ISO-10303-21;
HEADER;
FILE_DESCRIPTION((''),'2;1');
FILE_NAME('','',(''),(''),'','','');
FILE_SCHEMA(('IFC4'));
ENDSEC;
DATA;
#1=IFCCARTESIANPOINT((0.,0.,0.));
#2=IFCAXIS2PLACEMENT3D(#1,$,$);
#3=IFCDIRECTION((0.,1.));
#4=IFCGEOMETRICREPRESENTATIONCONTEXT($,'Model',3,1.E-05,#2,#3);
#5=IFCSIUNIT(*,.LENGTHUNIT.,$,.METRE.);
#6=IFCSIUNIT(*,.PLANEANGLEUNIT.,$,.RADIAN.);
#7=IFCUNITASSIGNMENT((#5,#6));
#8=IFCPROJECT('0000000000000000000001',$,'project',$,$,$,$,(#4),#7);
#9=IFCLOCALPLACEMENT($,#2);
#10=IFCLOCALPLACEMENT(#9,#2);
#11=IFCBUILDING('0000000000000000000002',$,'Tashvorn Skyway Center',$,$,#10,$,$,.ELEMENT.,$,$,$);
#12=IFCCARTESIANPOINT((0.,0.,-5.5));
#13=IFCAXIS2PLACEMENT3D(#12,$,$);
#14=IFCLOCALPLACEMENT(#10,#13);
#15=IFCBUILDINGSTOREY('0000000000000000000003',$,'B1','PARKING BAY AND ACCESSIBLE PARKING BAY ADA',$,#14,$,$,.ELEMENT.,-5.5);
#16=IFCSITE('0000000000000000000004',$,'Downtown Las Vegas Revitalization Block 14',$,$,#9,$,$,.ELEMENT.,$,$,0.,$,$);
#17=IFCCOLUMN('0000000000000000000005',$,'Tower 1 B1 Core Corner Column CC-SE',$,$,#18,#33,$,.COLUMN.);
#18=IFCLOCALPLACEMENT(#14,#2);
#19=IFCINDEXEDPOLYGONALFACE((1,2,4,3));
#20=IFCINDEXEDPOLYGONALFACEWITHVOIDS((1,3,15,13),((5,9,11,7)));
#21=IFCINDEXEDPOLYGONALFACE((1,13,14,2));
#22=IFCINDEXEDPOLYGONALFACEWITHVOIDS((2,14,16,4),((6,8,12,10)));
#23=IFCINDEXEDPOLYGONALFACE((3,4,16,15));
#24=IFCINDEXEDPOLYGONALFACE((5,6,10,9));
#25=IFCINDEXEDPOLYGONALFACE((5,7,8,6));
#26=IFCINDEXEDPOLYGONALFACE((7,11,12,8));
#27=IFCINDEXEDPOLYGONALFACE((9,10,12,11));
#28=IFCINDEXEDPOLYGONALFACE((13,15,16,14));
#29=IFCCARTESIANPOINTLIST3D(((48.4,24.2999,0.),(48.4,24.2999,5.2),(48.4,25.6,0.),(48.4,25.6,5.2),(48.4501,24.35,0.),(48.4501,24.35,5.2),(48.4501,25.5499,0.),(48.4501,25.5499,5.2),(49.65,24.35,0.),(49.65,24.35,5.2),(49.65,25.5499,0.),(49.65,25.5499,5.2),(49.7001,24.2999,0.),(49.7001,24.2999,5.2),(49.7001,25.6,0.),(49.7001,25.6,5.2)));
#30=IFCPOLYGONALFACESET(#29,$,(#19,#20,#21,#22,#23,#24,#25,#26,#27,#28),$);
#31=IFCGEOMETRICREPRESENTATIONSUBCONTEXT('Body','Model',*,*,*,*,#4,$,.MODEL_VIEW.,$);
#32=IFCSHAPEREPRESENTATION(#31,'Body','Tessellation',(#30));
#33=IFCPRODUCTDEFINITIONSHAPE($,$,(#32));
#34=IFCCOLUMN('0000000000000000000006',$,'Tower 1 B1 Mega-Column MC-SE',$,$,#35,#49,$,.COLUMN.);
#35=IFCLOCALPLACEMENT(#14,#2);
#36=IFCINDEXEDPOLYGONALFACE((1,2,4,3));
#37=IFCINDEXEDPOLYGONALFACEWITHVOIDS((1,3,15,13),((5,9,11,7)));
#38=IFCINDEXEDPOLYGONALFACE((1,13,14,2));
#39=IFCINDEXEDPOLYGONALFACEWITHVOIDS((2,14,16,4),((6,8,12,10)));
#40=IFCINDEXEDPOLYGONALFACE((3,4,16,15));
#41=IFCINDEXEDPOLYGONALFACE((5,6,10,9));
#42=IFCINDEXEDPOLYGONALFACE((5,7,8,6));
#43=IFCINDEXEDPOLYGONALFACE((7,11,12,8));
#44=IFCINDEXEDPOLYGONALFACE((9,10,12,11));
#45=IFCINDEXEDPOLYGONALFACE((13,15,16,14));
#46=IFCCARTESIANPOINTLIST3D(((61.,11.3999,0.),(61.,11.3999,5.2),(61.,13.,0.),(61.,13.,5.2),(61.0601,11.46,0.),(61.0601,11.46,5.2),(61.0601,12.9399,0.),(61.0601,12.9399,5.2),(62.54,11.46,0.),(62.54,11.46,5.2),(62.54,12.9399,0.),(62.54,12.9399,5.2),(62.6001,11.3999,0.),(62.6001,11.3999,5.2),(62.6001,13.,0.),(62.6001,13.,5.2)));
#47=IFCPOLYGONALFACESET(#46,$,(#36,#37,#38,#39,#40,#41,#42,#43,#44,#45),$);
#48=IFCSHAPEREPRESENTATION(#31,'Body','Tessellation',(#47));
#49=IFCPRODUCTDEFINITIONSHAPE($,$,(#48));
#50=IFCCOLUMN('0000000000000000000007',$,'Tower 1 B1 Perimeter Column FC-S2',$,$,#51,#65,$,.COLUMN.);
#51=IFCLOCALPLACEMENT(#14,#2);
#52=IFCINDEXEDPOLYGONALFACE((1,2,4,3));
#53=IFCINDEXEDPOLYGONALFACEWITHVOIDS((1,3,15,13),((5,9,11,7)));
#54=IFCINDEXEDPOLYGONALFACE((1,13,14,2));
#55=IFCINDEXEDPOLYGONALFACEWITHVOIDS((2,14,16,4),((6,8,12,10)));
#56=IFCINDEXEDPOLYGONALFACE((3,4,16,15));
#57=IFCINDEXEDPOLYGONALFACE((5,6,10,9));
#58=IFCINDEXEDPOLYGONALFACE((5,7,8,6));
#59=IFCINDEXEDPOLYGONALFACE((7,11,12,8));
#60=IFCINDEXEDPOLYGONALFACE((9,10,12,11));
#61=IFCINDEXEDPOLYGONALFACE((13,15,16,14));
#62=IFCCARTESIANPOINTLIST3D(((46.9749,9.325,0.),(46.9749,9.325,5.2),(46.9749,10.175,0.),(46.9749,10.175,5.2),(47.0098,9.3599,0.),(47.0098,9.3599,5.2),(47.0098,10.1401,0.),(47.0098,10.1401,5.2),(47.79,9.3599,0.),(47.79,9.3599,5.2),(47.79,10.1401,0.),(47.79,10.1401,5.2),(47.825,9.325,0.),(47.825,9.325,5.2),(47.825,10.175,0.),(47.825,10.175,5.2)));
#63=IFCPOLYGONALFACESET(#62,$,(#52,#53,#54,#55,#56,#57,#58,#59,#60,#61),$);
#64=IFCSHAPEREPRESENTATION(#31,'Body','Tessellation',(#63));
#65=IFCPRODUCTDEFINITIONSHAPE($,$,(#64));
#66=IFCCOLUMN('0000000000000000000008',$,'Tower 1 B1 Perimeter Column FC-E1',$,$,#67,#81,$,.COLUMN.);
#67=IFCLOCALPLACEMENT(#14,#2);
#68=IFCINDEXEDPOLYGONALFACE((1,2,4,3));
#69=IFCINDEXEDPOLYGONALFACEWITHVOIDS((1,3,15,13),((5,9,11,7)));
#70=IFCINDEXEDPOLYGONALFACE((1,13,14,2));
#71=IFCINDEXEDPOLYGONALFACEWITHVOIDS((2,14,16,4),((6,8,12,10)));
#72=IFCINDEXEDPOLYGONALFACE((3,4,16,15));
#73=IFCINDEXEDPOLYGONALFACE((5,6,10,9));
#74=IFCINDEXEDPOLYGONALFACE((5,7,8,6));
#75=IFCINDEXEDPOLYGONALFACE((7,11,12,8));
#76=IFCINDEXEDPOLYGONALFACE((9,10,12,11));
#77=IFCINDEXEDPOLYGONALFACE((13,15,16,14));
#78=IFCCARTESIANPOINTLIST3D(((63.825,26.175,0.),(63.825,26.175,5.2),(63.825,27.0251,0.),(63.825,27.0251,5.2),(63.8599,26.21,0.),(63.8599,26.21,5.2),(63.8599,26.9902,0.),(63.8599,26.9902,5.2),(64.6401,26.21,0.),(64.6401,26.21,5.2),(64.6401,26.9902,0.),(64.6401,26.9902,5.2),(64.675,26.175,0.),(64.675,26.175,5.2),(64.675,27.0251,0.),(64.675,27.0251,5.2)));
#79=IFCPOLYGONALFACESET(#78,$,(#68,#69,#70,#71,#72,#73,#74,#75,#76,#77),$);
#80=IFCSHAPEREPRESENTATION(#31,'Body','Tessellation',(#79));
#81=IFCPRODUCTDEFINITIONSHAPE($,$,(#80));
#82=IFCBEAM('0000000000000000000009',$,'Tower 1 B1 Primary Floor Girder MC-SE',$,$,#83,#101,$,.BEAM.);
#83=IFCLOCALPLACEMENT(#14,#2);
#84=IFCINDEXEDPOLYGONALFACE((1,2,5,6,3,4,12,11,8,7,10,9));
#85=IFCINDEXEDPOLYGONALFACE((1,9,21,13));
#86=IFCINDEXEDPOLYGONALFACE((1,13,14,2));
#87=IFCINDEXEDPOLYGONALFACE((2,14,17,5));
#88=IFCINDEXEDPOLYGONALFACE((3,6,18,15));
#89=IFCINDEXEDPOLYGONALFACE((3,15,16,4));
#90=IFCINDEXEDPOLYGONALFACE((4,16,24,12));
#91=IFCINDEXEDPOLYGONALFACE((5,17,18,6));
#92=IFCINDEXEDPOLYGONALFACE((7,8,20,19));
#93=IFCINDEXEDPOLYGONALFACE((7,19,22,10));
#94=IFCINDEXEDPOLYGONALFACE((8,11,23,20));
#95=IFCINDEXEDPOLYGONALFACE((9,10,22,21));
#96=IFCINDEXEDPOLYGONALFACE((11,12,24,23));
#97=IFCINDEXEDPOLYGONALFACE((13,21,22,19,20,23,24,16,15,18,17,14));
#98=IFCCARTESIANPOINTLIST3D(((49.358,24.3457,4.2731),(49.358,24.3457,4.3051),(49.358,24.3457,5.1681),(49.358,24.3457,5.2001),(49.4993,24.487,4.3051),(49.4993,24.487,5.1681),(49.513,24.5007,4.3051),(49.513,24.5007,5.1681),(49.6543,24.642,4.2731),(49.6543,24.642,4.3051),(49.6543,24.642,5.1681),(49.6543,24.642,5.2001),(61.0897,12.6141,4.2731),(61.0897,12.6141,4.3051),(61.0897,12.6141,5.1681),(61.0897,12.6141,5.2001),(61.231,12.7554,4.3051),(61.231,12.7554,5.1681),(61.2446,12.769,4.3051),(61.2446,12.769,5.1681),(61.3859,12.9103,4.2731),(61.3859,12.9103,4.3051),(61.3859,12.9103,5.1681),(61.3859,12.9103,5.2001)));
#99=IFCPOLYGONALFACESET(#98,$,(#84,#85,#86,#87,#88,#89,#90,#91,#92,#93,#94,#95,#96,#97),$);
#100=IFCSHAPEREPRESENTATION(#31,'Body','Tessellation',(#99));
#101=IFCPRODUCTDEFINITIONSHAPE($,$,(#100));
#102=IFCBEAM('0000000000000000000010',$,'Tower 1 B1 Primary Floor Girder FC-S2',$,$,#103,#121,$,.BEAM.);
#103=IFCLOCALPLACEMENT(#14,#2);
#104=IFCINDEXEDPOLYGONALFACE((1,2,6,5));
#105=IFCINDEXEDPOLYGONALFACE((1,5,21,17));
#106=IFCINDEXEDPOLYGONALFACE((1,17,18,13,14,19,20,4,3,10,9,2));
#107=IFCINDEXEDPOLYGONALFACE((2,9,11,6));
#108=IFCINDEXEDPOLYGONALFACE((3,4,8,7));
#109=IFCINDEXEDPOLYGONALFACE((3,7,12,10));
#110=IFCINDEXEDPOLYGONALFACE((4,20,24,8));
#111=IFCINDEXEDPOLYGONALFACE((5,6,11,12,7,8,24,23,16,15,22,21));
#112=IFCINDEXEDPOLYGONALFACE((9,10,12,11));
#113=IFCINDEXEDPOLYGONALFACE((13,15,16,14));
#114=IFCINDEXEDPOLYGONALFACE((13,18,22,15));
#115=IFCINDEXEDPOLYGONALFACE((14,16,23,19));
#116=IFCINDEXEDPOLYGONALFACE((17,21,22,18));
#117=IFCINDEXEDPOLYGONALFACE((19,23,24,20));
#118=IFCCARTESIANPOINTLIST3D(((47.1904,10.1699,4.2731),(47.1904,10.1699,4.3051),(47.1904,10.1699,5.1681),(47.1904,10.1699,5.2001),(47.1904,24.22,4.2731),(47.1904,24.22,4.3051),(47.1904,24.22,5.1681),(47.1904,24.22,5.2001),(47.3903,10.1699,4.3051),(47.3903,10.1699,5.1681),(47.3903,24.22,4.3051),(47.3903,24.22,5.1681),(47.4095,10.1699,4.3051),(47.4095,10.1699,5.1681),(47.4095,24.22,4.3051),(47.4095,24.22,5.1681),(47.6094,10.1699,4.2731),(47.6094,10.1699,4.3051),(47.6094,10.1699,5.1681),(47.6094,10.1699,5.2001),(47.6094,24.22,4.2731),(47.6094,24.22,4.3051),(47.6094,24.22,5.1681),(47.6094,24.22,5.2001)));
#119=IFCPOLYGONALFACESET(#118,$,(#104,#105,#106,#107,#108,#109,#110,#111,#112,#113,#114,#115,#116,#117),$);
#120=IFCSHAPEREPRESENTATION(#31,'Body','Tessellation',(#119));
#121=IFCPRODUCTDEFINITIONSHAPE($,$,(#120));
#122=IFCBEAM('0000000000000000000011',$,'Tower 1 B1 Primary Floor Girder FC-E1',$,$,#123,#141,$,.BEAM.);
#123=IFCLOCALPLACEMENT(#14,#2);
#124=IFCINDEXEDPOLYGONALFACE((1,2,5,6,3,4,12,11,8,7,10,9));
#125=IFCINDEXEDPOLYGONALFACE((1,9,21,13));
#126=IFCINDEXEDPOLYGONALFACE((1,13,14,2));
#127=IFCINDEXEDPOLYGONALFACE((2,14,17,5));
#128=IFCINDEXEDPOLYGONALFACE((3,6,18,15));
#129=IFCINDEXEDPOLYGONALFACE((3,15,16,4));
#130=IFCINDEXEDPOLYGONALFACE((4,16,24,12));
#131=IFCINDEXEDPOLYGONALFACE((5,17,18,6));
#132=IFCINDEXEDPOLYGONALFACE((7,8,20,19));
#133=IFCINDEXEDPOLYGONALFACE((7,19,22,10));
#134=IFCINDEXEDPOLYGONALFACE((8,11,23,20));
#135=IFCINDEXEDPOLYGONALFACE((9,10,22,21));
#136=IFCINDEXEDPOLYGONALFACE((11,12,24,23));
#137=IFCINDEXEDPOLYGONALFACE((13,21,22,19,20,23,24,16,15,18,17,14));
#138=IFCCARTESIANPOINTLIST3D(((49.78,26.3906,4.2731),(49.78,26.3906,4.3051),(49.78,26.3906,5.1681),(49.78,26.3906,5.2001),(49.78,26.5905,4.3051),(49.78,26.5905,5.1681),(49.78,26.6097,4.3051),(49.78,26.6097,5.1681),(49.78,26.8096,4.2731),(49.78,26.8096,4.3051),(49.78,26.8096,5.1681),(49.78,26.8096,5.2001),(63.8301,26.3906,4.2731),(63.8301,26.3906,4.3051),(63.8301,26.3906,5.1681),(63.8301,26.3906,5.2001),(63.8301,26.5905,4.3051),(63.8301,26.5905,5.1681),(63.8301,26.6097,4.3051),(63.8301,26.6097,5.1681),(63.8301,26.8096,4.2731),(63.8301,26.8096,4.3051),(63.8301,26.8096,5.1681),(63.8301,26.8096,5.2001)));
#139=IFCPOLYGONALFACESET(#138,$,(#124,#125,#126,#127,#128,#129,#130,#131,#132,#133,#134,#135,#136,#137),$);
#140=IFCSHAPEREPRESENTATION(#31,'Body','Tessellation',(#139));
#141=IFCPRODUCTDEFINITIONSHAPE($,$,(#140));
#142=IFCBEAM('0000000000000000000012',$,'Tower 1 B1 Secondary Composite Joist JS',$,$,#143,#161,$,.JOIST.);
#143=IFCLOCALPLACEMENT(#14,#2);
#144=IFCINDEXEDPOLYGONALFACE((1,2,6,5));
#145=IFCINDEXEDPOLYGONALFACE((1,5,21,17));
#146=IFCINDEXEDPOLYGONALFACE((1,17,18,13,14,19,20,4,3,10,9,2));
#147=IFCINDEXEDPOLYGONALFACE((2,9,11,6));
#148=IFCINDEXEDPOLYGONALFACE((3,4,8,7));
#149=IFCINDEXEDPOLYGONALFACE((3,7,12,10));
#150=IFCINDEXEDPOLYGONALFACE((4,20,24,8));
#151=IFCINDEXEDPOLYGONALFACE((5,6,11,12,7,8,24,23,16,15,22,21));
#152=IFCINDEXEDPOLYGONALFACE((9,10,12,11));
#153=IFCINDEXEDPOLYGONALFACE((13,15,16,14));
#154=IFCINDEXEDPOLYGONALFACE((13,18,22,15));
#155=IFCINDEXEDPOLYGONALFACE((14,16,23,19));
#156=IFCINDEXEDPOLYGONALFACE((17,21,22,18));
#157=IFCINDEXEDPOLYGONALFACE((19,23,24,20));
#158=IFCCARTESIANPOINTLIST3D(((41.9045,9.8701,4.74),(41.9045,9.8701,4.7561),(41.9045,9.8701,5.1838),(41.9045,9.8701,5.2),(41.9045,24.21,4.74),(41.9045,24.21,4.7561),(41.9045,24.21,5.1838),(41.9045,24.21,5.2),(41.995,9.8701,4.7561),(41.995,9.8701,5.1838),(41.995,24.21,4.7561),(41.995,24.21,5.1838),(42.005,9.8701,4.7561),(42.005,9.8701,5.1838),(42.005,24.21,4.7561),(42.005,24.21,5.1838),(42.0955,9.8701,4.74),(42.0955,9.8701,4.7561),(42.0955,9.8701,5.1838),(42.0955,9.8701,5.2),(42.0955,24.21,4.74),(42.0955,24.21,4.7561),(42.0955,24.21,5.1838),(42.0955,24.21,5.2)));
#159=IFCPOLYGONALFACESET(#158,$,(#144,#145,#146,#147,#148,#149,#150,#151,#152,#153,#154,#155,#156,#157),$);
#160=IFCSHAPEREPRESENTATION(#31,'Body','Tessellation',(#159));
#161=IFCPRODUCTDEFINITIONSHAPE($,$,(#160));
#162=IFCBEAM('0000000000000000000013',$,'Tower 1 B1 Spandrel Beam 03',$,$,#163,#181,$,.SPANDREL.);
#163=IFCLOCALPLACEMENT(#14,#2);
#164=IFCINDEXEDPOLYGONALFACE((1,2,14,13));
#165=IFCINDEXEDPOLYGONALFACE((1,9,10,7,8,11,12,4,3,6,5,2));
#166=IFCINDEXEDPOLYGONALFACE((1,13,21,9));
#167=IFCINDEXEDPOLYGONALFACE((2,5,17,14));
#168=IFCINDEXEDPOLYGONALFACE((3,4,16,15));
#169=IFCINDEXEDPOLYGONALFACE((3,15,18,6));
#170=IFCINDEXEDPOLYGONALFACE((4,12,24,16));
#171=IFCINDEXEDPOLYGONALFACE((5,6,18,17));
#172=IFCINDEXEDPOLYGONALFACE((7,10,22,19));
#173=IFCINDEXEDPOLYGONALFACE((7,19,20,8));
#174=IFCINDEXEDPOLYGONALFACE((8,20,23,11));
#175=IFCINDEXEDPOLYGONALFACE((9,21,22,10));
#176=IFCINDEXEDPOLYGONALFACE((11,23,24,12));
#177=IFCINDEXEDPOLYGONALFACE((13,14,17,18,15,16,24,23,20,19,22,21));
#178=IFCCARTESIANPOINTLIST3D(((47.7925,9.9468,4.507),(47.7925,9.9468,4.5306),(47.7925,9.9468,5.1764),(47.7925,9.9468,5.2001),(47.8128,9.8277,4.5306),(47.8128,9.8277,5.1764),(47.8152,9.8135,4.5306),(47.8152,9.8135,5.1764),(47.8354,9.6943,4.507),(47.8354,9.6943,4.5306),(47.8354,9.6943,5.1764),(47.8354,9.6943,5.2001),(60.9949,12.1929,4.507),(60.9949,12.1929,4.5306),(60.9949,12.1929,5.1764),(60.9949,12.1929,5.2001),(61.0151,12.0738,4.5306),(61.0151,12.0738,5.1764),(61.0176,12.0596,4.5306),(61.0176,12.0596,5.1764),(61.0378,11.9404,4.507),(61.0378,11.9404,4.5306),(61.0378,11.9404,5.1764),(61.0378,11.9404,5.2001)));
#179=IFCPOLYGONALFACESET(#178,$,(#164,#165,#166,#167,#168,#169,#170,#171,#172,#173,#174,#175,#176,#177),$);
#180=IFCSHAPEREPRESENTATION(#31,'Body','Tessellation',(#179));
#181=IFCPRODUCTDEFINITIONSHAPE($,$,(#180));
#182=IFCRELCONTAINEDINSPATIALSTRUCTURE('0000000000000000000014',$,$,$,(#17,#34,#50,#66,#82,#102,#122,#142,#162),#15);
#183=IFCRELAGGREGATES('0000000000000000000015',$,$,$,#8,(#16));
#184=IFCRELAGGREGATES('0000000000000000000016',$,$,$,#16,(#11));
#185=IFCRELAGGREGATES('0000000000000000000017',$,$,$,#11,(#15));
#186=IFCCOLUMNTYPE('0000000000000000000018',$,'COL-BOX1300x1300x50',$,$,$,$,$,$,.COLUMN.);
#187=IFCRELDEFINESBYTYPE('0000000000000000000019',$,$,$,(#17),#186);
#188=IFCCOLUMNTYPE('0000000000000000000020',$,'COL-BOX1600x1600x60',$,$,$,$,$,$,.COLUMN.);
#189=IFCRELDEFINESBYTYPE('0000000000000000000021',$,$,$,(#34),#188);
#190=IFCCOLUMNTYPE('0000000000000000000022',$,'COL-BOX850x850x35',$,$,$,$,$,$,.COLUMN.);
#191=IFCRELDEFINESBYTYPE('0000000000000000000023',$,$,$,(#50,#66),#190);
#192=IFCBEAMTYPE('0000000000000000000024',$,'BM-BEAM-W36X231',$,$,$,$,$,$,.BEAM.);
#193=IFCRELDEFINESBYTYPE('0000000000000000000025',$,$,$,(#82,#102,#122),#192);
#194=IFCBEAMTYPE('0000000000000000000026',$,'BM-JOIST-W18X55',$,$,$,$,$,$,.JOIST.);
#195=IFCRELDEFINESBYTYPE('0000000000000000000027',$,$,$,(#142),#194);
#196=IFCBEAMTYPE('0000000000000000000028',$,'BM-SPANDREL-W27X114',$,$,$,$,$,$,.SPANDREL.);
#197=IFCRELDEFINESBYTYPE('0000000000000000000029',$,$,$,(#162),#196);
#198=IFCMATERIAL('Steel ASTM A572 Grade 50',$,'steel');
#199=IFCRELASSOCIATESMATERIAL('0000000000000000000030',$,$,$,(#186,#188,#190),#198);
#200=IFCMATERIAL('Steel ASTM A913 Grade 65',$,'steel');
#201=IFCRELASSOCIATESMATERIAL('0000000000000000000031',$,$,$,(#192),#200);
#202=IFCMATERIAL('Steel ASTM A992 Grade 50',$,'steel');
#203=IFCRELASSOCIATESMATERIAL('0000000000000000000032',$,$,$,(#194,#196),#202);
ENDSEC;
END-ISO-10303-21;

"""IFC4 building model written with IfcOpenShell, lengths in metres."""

from ifc_helpers import new_model, si_unit, direction, frame, origin, origin_2d, place, context, subcontext, project, spatial, hollow_rectangle, i_section, extrude, material, material_profile, profile_set, type_object, element, save


model = new_model("IFC4")

# Units and contexts
model_context = context("Model", 3, precision=1e-05, world=origin(), true_north=direction((0.0, 1.0)))
body_context = subcontext(model_context, "Body", "Model", "MODEL_VIEW")
ifc_project = project(units=[si_unit("LENGTHUNIT", "METRE"), si_unit("PLANEANGLEUNIT", "RADIAN")], contexts=[model_context])

# Site, building, storey
site_placement = place(None, origin())
site = spatial("IfcSite", under=ifc_project, at=site_placement, Name="Downtown Las Vegas Revitalization Block 14", CompositionType="ELEMENT", RefElevation=0.0)
building_placement = place(site_placement, origin())
building = spatial("IfcBuilding", under=site, at=building_placement, Name="Tashvorn Skyway Center", CompositionType="ELEMENT")
storey_placement = place(building_placement, frame((0.0, 0.0, -5.5)))
storey = spatial("IfcBuildingStorey", under=building, at=storey_placement, Name="B1", Description="PARKING BAY AND ACCESSIBLE PARKING BAY ADA", CompositionType="ELEMENT", Elevation=-5.5)

# Columns
ifc_material_1 = material(Name="Steel ASTM A572 Grade 50", Category="steel")
ifc_material_profile_1 = material_profile(ifc_material_1, hollow_rectangle(XDim=1.3, YDim=1.3, WallThickness=0.05, at=origin_2d()), Name="BOX1300x1300x50")
ifc_profile_set_1 = profile_set([ifc_material_profile_1], Name="Steel ASTM A572 Grade 50")
column_type_1 = type_object("IfcColumnType", Name="COL-BOX1300x1300x50", PredefinedType="COLUMN", material=ifc_profile_set_1)
column_1_placement = place(storey_placement, frame((49.05, 24.95, 0.0), z_axis=(0.0, 0.0, 1.0), x_axis=(1.0, 0.0, 0.0)))
element("IfcColumn", 1, at=column_1_placement, inside=storey, type_object=column_type_1, Name="Tower 1 B1 Core Corner Column CC-SE", PredefinedType="COLUMN", context=body_context, shape_type="SweptSolid", body=[
    extrude(hollow_rectangle(XDim=1.3, YDim=1.3, WallThickness=0.05, at=origin_2d()), origin(), (0.0, 0.0, 1.0), 5.2),
])
ifc_material_profile_2 = material_profile(ifc_material_1, hollow_rectangle(XDim=1.6001, YDim=1.6001, WallThickness=0.0601, at=origin_2d()), Name="BOX1600x1600x60")
ifc_profile_set_2 = profile_set([ifc_material_profile_2], Name="Steel ASTM A572 Grade 50")
column_type_2 = type_object("IfcColumnType", Name="COL-BOX1600x1600x60", PredefinedType="COLUMN", material=ifc_profile_set_2)
column_2_placement = place(storey_placement, frame((61.8, 12.2, 0.0), z_axis=(0.0, 0.0, 1.0), x_axis=(1.0, 0.0, 0.0)))
element("IfcColumn", 2, at=column_2_placement, inside=storey, type_object=column_type_2, Name="Tower 1 B1 Mega-Column MC-SE", PredefinedType="COLUMN", context=body_context, shape_type="SweptSolid", body=[
    extrude(hollow_rectangle(XDim=1.6001, YDim=1.6001, WallThickness=0.0601, at=origin_2d()), origin(), (0.0, 0.0, 1.0), 5.2),
])
ifc_material_profile_3 = material_profile(ifc_material_1, hollow_rectangle(XDim=0.8501, YDim=0.8501, WallThickness=0.0349, at=origin_2d()), Name="BOX850x850x35")
ifc_profile_set_3 = profile_set([ifc_material_profile_3], Name="Steel ASTM A572 Grade 50")
column_type_3 = type_object("IfcColumnType", Name="COL-BOX850x850x35", PredefinedType="COLUMN", material=ifc_profile_set_3)
for number, where, z_axis, x_axis, name in (
    (3, (47.3999, 9.75, 0.0), (0.0, 0.0, 1.0), (1.0, 0.0, 0.0), "Tower 1 B1 Perimeter Column FC-S2"),
    (4, (64.25, 26.6001, 0.0), (0.0, 0.0, 1.0), (1.0, 0.0, 0.0), "Tower 1 B1 Perimeter Column FC-E1"),
):
    element("IfcColumn", number, at=place(storey_placement, frame(where, z_axis=z_axis, x_axis=x_axis)), inside=storey, type_object=column_type_3, Name=name, PredefinedType="COLUMN", context=body_context, shape_type="SweptSolid", body=[
        extrude(hollow_rectangle(XDim=0.8501, YDim=0.8501, WallThickness=0.0349, at=origin_2d()), origin(), (0.0, 0.0, 1.0), 5.2),
    ])

# Beams
ifc_material_2 = material(Name="Steel ASTM A913 Grade 65", Category="steel")
ifc_material_profile_4 = material_profile(ifc_material_2, i_section(OverallWidth=0.4189, OverallDepth=0.927, WebThickness=0.0193, FlangeThickness=0.032, at=origin_2d()), Name="W36X231")
ifc_profile_set_4 = profile_set([ifc_material_profile_4], Name="Steel ASTM A913 Grade 65")
beam_type_1 = type_object("IfcBeamType", Name="BM-BEAM-W36X231", PredefinedType="BEAM", material=ifc_profile_set_4)
beam_1_placement = place(storey_placement, frame((61.2378, 12.7622, 4.7366), z_axis=(-0.707107, 0.707107, 0.0), x_axis=(-0.707107, -0.707107, 0.0)))
element("IfcBeam", 5, at=beam_1_placement, inside=storey, type_object=beam_type_1, Name="Tower 1 B1 Primary Floor Girder MC-SE", PredefinedType="BEAM", context=body_context, shape_type="SweptSolid", body=[
    extrude(i_section(OverallWidth=0.4189, OverallDepth=0.927, WebThickness=0.0193, FlangeThickness=0.032, at=origin_2d()), origin(), (0.0, 0.0, 1.0), 16.5911),
])
for number, where, z_axis, x_axis, name in (
    (6, (47.3999, 10.1699, 4.7366), (0.0, 1.0, 0.0), (-1.0, 0.0, 0.0), "Tower 1 B1 Primary Floor Girder FC-S2"),
    (7, (63.8301, 26.6001, 4.7366), (-1.0, 0.0, 0.0), (0.0, -1.0, 0.0), "Tower 1 B1 Primary Floor Girder FC-E1"),
):
    element("IfcBeam", number, at=place(storey_placement, frame(where, z_axis=z_axis, x_axis=x_axis)), inside=storey, type_object=beam_type_1, Name=name, PredefinedType="BEAM", context=body_context, shape_type="SweptSolid", body=[
        extrude(i_section(OverallWidth=0.4189, OverallDepth=0.927, WebThickness=0.0193, FlangeThickness=0.032, at=origin_2d()), origin(), (0.0, 0.0, 1.0), 14.05),
    ])
ifc_material_3 = material(Name="Steel ASTM A992 Grade 50", Category="steel")
ifc_material_profile_5 = material_profile(ifc_material_3, i_section(OverallWidth=0.1909, OverallDepth=0.46, WebThickness=0.01, FlangeThickness=0.0161, at=origin_2d()), Name="W18X55")
ifc_profile_set_5 = profile_set([ifc_material_profile_5], Name="Steel ASTM A992 Grade 50")
beam_type_2 = type_object("IfcBeamType", Name="BM-JOIST-W18X55", PredefinedType="JOIST", material=ifc_profile_set_5)
beam_2_placement = place(storey_placement, frame((42.0, 24.21, 4.97), z_axis=(0.0, -1.0, 0.0), x_axis=(1.0, 0.0, 0.0)))
element("IfcBeam", 8, at=beam_2_placement, inside=storey, type_object=beam_type_2, Name="Tower 1 B1 Secondary Composite Joist JS", PredefinedType="JOIST", context=body_context, shape_type="SweptSolid", body=[
    extrude(i_section(OverallWidth=0.1909, OverallDepth=0.46, WebThickness=0.01, FlangeThickness=0.0161, at=origin_2d()), origin(), (0.0, 0.0, 1.0), 14.3398),
])
ifc_material_profile_6 = material_profile(ifc_material_3, i_section(OverallWidth=0.2561, OverallDepth=0.6931, WebThickness=0.0144, FlangeThickness=0.0237, at=origin_2d()), Name="W27X114")
ifc_profile_set_6 = profile_set([ifc_material_profile_6], Name="Steel ASTM A992 Grade 50")
beam_type_3 = type_object("IfcBeamType", Name="BM-SPANDREL-W27X114", PredefinedType="SPANDREL", material=ifc_profile_set_6)
for number, where, z_axis, x_axis, name in (
    (9, (47.814, 9.8206, 4.8535), (0.985835, 0.167718, 0.0), (-0.167718, 0.985835, 0.0), "Tower 1 B1 Spandrel Beam 03"),
):
    element("IfcBeam", number, at=place(storey_placement, frame(where, z_axis=z_axis, x_axis=x_axis)), inside=storey, type_object=beam_type_3, Name=name, PredefinedType="SPANDREL", context=body_context, shape_type="SweptSolid", body=[
        extrude(i_section(OverallWidth=0.2561, OverallDepth=0.6931, WebThickness=0.0144, FlangeThickness=0.0237, at=origin_2d()), origin(), (0.0, 0.0, 1.0), 13.3921),
    ])

save(model, "model.ifc")
